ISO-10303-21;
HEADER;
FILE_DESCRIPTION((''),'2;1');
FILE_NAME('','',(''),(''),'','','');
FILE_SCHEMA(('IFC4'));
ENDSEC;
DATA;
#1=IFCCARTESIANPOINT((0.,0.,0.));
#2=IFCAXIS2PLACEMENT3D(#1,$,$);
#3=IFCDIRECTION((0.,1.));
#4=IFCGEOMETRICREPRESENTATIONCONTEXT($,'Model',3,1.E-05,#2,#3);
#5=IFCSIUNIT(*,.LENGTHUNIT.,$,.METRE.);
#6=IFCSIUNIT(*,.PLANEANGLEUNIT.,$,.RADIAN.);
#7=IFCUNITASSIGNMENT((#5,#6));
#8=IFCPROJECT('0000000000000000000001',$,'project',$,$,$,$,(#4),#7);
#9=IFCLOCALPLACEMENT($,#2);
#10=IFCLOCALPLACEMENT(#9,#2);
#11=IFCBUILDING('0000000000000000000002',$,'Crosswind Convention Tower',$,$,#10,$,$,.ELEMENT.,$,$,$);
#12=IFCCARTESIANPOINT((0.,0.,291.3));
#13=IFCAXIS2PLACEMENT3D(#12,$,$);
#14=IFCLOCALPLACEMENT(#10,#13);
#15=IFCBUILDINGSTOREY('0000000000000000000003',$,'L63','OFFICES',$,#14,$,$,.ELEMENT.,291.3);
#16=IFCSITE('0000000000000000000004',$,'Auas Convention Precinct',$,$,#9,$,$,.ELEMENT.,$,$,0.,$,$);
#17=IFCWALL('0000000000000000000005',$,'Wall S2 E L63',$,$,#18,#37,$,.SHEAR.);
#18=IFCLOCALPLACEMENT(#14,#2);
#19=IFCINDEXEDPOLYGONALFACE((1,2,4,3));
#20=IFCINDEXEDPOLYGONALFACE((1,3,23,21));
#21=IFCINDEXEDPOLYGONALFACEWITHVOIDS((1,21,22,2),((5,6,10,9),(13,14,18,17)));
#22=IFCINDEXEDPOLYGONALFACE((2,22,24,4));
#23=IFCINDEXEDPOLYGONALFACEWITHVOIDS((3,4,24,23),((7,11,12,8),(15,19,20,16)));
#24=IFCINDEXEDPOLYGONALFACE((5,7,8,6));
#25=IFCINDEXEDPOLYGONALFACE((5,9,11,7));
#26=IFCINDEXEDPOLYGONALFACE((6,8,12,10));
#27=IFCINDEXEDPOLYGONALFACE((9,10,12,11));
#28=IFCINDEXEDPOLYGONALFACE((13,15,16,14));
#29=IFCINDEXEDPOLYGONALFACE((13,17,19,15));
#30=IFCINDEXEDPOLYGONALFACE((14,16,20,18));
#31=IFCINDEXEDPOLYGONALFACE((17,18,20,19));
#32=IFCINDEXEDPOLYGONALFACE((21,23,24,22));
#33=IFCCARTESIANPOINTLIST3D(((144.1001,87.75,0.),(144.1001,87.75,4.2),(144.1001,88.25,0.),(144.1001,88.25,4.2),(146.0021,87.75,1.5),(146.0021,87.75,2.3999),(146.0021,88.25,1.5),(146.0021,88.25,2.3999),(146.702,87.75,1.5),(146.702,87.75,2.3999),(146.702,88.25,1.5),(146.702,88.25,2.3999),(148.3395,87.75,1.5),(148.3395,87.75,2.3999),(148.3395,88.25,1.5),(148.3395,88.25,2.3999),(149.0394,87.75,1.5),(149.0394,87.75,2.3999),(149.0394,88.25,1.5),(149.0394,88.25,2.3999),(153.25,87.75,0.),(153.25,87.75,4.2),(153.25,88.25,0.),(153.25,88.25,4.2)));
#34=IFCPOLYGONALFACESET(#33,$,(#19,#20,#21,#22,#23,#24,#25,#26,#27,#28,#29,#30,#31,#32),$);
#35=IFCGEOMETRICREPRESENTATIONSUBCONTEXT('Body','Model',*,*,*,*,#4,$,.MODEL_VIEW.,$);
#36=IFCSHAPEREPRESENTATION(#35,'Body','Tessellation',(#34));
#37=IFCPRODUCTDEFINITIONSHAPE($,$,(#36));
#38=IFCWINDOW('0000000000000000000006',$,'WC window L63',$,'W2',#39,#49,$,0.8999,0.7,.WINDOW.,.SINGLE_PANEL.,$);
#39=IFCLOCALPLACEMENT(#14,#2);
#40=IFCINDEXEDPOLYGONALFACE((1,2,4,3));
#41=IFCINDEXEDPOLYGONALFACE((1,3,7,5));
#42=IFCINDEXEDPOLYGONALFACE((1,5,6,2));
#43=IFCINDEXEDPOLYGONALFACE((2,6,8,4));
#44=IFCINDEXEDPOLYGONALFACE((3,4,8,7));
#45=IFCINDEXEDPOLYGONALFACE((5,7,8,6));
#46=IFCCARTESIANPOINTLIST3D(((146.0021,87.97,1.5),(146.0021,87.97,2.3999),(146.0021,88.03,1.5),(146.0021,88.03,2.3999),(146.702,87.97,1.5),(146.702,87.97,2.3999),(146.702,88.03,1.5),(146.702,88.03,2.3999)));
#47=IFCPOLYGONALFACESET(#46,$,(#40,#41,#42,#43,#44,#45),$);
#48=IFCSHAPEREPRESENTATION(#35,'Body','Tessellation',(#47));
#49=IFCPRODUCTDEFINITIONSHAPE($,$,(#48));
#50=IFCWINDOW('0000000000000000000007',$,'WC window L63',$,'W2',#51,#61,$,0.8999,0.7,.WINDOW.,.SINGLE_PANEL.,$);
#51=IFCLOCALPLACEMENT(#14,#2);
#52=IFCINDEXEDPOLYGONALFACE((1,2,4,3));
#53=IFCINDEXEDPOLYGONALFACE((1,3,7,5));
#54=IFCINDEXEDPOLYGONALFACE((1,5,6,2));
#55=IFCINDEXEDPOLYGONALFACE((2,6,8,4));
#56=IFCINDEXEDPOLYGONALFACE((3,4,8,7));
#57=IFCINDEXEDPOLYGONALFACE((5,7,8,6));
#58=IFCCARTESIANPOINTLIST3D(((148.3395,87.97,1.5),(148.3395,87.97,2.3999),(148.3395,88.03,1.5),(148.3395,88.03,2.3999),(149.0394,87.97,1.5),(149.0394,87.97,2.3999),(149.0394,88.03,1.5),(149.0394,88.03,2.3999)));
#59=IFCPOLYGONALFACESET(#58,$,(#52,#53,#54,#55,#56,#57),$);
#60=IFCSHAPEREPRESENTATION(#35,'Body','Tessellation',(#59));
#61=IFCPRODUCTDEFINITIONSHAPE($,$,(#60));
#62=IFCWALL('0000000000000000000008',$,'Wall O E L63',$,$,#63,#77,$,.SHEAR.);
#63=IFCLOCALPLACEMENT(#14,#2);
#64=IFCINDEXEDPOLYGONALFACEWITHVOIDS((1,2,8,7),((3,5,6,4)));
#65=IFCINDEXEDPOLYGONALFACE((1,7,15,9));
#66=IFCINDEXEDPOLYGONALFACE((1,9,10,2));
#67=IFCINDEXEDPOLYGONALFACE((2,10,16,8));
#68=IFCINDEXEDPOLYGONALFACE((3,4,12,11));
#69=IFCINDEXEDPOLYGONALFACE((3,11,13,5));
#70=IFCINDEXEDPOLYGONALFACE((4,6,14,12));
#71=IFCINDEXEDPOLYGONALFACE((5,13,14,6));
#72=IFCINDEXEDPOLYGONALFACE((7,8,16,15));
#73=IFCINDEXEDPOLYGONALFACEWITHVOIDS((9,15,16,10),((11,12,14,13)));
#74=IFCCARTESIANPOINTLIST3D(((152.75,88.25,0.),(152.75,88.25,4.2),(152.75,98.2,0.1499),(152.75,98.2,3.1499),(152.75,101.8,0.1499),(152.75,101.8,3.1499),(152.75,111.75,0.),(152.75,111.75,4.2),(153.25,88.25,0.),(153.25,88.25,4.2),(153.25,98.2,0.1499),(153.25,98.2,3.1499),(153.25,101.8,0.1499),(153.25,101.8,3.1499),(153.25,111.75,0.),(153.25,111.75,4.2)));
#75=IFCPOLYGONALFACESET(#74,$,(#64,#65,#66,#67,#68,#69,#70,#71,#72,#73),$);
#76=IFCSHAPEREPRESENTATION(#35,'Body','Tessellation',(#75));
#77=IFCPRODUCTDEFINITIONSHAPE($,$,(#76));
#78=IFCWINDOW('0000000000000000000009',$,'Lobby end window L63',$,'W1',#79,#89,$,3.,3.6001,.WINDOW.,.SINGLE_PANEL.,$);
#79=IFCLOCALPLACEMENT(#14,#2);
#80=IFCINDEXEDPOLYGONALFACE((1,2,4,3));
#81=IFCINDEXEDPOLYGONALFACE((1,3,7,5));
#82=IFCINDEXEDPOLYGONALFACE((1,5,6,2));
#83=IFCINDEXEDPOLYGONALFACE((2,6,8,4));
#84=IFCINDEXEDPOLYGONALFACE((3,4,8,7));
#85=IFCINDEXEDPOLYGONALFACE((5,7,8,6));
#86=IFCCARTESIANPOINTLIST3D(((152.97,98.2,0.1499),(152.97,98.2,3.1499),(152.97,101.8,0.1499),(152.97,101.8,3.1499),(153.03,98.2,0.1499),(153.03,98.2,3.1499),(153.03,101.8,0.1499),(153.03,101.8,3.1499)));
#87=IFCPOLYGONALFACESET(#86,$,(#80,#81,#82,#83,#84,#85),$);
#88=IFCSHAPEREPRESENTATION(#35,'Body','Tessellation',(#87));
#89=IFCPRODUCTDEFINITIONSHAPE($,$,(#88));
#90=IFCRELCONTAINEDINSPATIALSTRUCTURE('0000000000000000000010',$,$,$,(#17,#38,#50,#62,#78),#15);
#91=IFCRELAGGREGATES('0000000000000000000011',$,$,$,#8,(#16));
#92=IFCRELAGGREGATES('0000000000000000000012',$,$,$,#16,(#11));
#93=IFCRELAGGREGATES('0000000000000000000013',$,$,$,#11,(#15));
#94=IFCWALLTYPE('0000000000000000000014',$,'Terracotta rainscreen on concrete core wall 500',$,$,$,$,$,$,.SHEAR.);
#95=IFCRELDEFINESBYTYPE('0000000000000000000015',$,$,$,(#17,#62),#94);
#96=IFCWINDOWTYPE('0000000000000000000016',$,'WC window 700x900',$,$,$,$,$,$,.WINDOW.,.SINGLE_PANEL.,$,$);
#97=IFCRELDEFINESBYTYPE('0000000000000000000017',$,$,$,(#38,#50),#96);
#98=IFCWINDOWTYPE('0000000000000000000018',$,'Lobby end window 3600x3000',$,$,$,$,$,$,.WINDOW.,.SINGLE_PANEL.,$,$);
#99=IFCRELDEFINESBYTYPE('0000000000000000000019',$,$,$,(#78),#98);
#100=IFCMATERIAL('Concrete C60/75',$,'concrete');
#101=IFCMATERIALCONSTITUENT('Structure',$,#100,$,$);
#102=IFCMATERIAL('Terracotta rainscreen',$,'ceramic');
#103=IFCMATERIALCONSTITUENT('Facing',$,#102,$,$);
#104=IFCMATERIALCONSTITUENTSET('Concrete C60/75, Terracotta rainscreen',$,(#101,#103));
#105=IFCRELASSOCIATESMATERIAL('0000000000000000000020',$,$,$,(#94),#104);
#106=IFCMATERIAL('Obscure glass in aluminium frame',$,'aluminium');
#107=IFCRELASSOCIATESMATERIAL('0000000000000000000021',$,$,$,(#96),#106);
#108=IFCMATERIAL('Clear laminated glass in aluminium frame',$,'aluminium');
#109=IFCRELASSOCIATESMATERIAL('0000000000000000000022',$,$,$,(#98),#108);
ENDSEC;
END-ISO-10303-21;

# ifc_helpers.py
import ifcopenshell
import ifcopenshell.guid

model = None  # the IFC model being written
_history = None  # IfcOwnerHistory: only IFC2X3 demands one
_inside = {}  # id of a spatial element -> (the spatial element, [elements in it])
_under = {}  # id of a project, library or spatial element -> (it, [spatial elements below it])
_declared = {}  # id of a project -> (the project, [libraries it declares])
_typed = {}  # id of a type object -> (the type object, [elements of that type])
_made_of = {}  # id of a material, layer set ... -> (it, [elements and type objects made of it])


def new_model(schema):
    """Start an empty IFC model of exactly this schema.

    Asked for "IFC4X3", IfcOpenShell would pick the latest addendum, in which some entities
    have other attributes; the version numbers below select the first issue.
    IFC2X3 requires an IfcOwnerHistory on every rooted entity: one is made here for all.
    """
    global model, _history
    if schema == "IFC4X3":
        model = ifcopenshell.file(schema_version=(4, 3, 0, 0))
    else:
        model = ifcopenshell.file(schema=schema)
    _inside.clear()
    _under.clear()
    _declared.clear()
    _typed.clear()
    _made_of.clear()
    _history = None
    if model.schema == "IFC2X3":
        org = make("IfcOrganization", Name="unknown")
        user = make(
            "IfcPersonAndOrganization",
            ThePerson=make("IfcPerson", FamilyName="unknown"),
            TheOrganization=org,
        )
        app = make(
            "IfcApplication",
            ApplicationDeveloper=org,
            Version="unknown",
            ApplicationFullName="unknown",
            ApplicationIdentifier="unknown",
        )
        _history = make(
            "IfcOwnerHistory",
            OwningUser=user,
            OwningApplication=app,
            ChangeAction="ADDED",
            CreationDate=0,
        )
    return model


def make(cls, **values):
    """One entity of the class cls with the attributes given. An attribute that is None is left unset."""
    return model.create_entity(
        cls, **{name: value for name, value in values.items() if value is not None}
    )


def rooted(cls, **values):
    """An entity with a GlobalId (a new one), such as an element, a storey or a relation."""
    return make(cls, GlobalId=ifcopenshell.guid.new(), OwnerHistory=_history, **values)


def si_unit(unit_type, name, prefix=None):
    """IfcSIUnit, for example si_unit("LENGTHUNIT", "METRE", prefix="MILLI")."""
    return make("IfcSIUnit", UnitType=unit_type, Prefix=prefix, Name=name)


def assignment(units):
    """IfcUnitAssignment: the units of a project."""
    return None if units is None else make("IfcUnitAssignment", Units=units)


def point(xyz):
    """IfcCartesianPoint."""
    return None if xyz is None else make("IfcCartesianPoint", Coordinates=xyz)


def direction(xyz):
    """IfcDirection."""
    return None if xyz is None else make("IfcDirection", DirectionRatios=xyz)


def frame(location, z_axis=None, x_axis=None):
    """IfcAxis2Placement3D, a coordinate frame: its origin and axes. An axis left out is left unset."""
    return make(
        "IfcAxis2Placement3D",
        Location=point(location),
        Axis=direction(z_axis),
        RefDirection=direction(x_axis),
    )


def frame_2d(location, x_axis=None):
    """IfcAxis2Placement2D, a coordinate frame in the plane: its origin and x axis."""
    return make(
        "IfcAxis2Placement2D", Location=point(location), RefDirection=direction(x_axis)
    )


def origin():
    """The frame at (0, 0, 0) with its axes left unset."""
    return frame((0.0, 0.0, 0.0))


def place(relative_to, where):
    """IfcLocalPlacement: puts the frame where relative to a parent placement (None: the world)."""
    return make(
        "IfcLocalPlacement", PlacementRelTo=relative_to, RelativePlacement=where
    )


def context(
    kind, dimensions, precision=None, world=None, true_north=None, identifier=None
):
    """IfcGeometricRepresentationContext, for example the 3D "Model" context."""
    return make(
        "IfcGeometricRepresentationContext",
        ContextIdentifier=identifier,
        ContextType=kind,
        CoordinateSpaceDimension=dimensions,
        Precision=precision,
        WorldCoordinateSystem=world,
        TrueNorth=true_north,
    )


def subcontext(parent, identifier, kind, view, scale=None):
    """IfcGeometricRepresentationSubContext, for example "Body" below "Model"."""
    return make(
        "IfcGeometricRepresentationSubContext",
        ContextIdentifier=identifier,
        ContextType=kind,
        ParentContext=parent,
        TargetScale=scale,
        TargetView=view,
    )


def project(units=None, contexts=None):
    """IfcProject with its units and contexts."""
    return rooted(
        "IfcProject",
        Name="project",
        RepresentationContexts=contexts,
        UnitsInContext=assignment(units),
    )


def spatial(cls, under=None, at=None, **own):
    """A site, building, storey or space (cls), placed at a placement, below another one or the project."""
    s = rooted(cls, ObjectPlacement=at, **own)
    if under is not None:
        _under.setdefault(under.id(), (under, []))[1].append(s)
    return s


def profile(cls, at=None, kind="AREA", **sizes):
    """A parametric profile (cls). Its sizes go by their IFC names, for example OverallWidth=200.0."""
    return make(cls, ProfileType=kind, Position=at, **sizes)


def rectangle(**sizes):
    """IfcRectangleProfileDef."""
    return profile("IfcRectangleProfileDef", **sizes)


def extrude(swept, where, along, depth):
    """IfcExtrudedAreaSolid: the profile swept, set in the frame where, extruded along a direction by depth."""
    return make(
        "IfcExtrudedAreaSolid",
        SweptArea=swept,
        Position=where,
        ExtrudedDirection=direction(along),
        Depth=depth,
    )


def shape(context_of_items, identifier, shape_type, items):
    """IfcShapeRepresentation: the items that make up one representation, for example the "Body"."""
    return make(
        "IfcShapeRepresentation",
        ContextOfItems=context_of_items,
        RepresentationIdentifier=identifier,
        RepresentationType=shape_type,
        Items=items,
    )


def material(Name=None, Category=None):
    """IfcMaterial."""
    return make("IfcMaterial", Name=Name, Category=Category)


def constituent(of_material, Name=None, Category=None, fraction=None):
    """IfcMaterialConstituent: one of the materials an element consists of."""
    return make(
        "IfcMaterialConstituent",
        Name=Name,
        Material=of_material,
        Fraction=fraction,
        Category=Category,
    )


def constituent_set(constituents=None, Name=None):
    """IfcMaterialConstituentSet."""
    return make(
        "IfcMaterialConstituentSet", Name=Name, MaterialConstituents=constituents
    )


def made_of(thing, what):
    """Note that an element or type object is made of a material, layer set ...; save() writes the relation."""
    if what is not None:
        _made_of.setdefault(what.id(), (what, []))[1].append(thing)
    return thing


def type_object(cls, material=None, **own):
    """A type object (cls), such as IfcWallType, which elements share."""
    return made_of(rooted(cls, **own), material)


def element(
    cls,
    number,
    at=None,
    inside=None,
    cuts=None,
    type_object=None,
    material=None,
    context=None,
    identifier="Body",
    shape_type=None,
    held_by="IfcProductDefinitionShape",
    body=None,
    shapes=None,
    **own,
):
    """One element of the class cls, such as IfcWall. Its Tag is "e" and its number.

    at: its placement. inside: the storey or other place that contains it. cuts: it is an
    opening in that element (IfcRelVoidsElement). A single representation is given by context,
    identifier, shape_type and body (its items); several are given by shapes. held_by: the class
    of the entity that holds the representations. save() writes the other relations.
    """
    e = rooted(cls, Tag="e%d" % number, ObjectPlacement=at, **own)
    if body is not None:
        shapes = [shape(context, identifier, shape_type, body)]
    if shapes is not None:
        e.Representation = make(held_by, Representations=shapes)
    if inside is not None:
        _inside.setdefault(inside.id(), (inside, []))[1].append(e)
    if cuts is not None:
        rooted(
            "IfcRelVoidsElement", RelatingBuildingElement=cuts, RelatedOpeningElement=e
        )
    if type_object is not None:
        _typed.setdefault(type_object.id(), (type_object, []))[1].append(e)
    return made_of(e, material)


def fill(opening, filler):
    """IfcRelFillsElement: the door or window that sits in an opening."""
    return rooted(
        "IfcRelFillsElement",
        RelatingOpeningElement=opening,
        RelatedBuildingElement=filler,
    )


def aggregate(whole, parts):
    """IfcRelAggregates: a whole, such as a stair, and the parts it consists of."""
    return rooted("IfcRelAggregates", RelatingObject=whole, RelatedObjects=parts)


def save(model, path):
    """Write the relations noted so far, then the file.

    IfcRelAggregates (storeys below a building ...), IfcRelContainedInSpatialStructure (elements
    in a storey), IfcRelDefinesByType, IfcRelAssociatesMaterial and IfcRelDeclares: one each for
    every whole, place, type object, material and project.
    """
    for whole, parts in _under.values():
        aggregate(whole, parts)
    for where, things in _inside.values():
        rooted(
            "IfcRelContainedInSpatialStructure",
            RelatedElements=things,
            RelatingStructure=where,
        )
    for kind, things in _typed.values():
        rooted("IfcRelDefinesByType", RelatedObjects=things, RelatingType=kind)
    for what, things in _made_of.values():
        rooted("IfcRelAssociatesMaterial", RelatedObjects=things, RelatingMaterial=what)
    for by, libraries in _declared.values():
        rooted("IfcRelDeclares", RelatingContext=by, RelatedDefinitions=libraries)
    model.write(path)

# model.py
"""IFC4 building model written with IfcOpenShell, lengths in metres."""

from ifc_helpers import new_model, si_unit, direction, frame, frame_2d, origin, place, context, subcontext, project, spatial, rectangle, extrude, material, constituent, constituent_set, type_object, element, fill, save


model = new_model("IFC4")

# Units and contexts
model_context = context("Model", 3, precision=1e-05, world=origin(), true_north=direction((0.0, 1.0)))
body_context = subcontext(model_context, "Body", "Model", "MODEL_VIEW")
ifc_project = project(units=[si_unit("LENGTHUNIT", "METRE"), si_unit("PLANEANGLEUNIT", "RADIAN")], contexts=[model_context])

# Site, building, storey
site_placement = place(None, origin())
site = spatial("IfcSite", under=ifc_project, at=site_placement, Name="Auas Convention Precinct", CompositionType="ELEMENT", RefElevation=0.0)
building_placement = place(site_placement, origin())
building = spatial("IfcBuilding", under=site, at=building_placement, Name="Crosswind Convention Tower", CompositionType="ELEMENT")
storey_placement = place(building_placement, frame((0.0, 0.0, 291.3)))
storey = spatial("IfcBuildingStorey", under=building, at=storey_placement, Name="L63", Description="OFFICES", CompositionType="ELEMENT", Elevation=291.3)

# Wall, openings, windows
ifc_material_1 = material(Name="Concrete C60/75", Category="concrete")
ifc_constituent_1 = constituent(ifc_material_1, Name="Structure")
ifc_material_2 = material(Name="Terracotta rainscreen", Category="ceramic")
ifc_constituent_2 = constituent(ifc_material_2, Name="Facing")
ifc_constituent_set = constituent_set(constituents=[ifc_constituent_1, ifc_constituent_2], Name="Concrete C60/75, Terracotta rainscreen")
wall_type_1 = type_object("IfcWallType", Name="Terracotta rainscreen on concrete core wall 500", PredefinedType="SHEAR", material=ifc_constituent_set)
wall_1_placement = place(storey_placement, frame((144.1001, 88.0, 0.0), z_axis=(0.0, 0.0, 1.0), x_axis=(1.0, 0.0, 0.0)))
wall_1 = element("IfcWall", 1, at=wall_1_placement, inside=storey, type_object=wall_type_1, Name="Wall S2 E L63", PredefinedType="SHEAR", context=body_context, shape_type="SweptSolid", body=[
    extrude(rectangle(XDim=9.1499, YDim=0.5, at=frame_2d((4.575, 0.0))), origin(), (0.0, 0.0, 1.0), 4.2),
])
opening_1_placement = place(wall_1_placement, frame((1.9019, 0.0, 1.5)))
opening_1 = element("IfcOpeningElement", 2, at=opening_1_placement, cuts=wall_1, PredefinedType="OPENING", context=body_context, shape_type="SweptSolid", body=[
    extrude(rectangle(XDim=0.7, YDim=0.8999, at=frame_2d((0.3501, 0.45))), frame((0.0, 0.26, 0.0), z_axis=(0.0, -1.0, 0.0), x_axis=(1.0, 0.0, 0.0)), (0.0, 0.0, 1.0), 0.52),
])
opening_2_placement = place(wall_1_placement, frame((4.2393, 0.0, 1.5)))
opening_2 = element("IfcOpeningElement", 3, at=opening_2_placement, cuts=wall_1, PredefinedType="OPENING", context=body_context, shape_type="SweptSolid", body=[
    extrude(rectangle(XDim=0.7, YDim=0.8999, at=frame_2d((0.3501, 0.45))), frame((0.0, 0.26, 0.0), z_axis=(0.0, -1.0, 0.0), x_axis=(1.0, 0.0, 0.0)), (0.0, 0.0, 1.0), 0.52),
])
ifc_material_3 = material(Name="Obscure glass in aluminium frame", Category="aluminium")
window_type_1 = type_object("IfcWindowType", Name="WC window 700x900", PartitioningType="SINGLE_PANEL", PredefinedType="WINDOW", material=ifc_material_3)
window_1_placement = place(opening_1_placement, origin())
window_1 = element("IfcWindow", 4, at=window_1_placement, inside=storey, type_object=window_type_1, Name="WC window L63", ObjectType="W2", OverallHeight=0.8999, OverallWidth=0.7, PartitioningType="SINGLE_PANEL", PredefinedType="WINDOW", context=body_context, shape_type="SweptSolid", body=[
    extrude(rectangle(XDim=0.7, YDim=0.8999, at=frame_2d((0.3501, 0.45))), frame((0.0, 0.03, 0.0), z_axis=(0.0, -1.0, 0.0), x_axis=(1.0, 0.0, 0.0)), (0.0, 0.0, 1.0), 0.0601),
])
fill(opening_1, window_1)
window_2_placement = place(opening_2_placement, origin())
window_2 = element("IfcWindow", 5, at=window_2_placement, inside=storey, type_object=window_type_1, Name="WC window L63", ObjectType="W2", OverallHeight=0.8999, OverallWidth=0.7, PartitioningType="SINGLE_PANEL", PredefinedType="WINDOW", context=body_context, shape_type="SweptSolid", body=[
    extrude(rectangle(XDim=0.7, YDim=0.8999, at=frame_2d((0.3501, 0.45))), frame((0.0, 0.03, 0.0), z_axis=(0.0, -1.0, 0.0), x_axis=(1.0, 0.0, 0.0)), (0.0, 0.0, 1.0), 0.0601),
])
fill(opening_2, window_2)

# Wall, opening, window
wall_2_placement = place(storey_placement, frame((153.0, 88.25, 0.0), z_axis=(0.0, 0.0, 1.0), x_axis=(0.0, 1.0, 0.0)))
wall_2 = element("IfcWall", 6, at=wall_2_placement, inside=storey, type_object=wall_type_1, Name="Wall O E L63", PredefinedType="SHEAR", context=body_context, shape_type="SweptSolid", body=[
    extrude(rectangle(XDim=23.5, YDim=0.5, at=frame_2d((11.75, 0.0))), origin(), (0.0, 0.0, 1.0), 4.2),
])
opening_3_placement = place(wall_2_placement, frame((9.95, 0.0, 0.1499)))
opening_3 = element("IfcOpeningElement", 7, at=opening_3_placement, cuts=wall_2, PredefinedType="OPENING", context=body_context, shape_type="SweptSolid", body=[
    extrude(rectangle(XDim=3.6001, YDim=3.0, at=frame_2d((1.8, 1.5))), frame((0.0, 0.26, 0.0), z_axis=(0.0, -1.0, 0.0), x_axis=(1.0, 0.0, 0.0)), (0.0, 0.0, 1.0), 0.52),
])
ifc_material_4 = material(Name="Clear laminated glass in aluminium frame", Category="aluminium")
window_type_2 = type_object("IfcWindowType", Name="Lobby end window 3600x3000", PartitioningType="SINGLE_PANEL", PredefinedType="WINDOW", material=ifc_material_4)
window_3_placement = place(opening_3_placement, origin())
window_3 = element("IfcWindow", 8, at=window_3_placement, inside=storey, type_object=window_type_2, Name="Lobby end window L63", ObjectType="W1", OverallHeight=3.0, OverallWidth=3.6001, PartitioningType="SINGLE_PANEL", PredefinedType="WINDOW", context=body_context, shape_type="SweptSolid", body=[
    extrude(rectangle(XDim=3.6001, YDim=3.0, at=frame_2d((1.8, 1.5))), frame((0.0, 0.03, 0.0), z_axis=(0.0, -1.0, 0.0), x_axis=(1.0, 0.0, 0.0)), (0.0, 0.0, 1.0), 0.0601),
])
fill(opening_3, window_3)

save(model, "model.ifc")
